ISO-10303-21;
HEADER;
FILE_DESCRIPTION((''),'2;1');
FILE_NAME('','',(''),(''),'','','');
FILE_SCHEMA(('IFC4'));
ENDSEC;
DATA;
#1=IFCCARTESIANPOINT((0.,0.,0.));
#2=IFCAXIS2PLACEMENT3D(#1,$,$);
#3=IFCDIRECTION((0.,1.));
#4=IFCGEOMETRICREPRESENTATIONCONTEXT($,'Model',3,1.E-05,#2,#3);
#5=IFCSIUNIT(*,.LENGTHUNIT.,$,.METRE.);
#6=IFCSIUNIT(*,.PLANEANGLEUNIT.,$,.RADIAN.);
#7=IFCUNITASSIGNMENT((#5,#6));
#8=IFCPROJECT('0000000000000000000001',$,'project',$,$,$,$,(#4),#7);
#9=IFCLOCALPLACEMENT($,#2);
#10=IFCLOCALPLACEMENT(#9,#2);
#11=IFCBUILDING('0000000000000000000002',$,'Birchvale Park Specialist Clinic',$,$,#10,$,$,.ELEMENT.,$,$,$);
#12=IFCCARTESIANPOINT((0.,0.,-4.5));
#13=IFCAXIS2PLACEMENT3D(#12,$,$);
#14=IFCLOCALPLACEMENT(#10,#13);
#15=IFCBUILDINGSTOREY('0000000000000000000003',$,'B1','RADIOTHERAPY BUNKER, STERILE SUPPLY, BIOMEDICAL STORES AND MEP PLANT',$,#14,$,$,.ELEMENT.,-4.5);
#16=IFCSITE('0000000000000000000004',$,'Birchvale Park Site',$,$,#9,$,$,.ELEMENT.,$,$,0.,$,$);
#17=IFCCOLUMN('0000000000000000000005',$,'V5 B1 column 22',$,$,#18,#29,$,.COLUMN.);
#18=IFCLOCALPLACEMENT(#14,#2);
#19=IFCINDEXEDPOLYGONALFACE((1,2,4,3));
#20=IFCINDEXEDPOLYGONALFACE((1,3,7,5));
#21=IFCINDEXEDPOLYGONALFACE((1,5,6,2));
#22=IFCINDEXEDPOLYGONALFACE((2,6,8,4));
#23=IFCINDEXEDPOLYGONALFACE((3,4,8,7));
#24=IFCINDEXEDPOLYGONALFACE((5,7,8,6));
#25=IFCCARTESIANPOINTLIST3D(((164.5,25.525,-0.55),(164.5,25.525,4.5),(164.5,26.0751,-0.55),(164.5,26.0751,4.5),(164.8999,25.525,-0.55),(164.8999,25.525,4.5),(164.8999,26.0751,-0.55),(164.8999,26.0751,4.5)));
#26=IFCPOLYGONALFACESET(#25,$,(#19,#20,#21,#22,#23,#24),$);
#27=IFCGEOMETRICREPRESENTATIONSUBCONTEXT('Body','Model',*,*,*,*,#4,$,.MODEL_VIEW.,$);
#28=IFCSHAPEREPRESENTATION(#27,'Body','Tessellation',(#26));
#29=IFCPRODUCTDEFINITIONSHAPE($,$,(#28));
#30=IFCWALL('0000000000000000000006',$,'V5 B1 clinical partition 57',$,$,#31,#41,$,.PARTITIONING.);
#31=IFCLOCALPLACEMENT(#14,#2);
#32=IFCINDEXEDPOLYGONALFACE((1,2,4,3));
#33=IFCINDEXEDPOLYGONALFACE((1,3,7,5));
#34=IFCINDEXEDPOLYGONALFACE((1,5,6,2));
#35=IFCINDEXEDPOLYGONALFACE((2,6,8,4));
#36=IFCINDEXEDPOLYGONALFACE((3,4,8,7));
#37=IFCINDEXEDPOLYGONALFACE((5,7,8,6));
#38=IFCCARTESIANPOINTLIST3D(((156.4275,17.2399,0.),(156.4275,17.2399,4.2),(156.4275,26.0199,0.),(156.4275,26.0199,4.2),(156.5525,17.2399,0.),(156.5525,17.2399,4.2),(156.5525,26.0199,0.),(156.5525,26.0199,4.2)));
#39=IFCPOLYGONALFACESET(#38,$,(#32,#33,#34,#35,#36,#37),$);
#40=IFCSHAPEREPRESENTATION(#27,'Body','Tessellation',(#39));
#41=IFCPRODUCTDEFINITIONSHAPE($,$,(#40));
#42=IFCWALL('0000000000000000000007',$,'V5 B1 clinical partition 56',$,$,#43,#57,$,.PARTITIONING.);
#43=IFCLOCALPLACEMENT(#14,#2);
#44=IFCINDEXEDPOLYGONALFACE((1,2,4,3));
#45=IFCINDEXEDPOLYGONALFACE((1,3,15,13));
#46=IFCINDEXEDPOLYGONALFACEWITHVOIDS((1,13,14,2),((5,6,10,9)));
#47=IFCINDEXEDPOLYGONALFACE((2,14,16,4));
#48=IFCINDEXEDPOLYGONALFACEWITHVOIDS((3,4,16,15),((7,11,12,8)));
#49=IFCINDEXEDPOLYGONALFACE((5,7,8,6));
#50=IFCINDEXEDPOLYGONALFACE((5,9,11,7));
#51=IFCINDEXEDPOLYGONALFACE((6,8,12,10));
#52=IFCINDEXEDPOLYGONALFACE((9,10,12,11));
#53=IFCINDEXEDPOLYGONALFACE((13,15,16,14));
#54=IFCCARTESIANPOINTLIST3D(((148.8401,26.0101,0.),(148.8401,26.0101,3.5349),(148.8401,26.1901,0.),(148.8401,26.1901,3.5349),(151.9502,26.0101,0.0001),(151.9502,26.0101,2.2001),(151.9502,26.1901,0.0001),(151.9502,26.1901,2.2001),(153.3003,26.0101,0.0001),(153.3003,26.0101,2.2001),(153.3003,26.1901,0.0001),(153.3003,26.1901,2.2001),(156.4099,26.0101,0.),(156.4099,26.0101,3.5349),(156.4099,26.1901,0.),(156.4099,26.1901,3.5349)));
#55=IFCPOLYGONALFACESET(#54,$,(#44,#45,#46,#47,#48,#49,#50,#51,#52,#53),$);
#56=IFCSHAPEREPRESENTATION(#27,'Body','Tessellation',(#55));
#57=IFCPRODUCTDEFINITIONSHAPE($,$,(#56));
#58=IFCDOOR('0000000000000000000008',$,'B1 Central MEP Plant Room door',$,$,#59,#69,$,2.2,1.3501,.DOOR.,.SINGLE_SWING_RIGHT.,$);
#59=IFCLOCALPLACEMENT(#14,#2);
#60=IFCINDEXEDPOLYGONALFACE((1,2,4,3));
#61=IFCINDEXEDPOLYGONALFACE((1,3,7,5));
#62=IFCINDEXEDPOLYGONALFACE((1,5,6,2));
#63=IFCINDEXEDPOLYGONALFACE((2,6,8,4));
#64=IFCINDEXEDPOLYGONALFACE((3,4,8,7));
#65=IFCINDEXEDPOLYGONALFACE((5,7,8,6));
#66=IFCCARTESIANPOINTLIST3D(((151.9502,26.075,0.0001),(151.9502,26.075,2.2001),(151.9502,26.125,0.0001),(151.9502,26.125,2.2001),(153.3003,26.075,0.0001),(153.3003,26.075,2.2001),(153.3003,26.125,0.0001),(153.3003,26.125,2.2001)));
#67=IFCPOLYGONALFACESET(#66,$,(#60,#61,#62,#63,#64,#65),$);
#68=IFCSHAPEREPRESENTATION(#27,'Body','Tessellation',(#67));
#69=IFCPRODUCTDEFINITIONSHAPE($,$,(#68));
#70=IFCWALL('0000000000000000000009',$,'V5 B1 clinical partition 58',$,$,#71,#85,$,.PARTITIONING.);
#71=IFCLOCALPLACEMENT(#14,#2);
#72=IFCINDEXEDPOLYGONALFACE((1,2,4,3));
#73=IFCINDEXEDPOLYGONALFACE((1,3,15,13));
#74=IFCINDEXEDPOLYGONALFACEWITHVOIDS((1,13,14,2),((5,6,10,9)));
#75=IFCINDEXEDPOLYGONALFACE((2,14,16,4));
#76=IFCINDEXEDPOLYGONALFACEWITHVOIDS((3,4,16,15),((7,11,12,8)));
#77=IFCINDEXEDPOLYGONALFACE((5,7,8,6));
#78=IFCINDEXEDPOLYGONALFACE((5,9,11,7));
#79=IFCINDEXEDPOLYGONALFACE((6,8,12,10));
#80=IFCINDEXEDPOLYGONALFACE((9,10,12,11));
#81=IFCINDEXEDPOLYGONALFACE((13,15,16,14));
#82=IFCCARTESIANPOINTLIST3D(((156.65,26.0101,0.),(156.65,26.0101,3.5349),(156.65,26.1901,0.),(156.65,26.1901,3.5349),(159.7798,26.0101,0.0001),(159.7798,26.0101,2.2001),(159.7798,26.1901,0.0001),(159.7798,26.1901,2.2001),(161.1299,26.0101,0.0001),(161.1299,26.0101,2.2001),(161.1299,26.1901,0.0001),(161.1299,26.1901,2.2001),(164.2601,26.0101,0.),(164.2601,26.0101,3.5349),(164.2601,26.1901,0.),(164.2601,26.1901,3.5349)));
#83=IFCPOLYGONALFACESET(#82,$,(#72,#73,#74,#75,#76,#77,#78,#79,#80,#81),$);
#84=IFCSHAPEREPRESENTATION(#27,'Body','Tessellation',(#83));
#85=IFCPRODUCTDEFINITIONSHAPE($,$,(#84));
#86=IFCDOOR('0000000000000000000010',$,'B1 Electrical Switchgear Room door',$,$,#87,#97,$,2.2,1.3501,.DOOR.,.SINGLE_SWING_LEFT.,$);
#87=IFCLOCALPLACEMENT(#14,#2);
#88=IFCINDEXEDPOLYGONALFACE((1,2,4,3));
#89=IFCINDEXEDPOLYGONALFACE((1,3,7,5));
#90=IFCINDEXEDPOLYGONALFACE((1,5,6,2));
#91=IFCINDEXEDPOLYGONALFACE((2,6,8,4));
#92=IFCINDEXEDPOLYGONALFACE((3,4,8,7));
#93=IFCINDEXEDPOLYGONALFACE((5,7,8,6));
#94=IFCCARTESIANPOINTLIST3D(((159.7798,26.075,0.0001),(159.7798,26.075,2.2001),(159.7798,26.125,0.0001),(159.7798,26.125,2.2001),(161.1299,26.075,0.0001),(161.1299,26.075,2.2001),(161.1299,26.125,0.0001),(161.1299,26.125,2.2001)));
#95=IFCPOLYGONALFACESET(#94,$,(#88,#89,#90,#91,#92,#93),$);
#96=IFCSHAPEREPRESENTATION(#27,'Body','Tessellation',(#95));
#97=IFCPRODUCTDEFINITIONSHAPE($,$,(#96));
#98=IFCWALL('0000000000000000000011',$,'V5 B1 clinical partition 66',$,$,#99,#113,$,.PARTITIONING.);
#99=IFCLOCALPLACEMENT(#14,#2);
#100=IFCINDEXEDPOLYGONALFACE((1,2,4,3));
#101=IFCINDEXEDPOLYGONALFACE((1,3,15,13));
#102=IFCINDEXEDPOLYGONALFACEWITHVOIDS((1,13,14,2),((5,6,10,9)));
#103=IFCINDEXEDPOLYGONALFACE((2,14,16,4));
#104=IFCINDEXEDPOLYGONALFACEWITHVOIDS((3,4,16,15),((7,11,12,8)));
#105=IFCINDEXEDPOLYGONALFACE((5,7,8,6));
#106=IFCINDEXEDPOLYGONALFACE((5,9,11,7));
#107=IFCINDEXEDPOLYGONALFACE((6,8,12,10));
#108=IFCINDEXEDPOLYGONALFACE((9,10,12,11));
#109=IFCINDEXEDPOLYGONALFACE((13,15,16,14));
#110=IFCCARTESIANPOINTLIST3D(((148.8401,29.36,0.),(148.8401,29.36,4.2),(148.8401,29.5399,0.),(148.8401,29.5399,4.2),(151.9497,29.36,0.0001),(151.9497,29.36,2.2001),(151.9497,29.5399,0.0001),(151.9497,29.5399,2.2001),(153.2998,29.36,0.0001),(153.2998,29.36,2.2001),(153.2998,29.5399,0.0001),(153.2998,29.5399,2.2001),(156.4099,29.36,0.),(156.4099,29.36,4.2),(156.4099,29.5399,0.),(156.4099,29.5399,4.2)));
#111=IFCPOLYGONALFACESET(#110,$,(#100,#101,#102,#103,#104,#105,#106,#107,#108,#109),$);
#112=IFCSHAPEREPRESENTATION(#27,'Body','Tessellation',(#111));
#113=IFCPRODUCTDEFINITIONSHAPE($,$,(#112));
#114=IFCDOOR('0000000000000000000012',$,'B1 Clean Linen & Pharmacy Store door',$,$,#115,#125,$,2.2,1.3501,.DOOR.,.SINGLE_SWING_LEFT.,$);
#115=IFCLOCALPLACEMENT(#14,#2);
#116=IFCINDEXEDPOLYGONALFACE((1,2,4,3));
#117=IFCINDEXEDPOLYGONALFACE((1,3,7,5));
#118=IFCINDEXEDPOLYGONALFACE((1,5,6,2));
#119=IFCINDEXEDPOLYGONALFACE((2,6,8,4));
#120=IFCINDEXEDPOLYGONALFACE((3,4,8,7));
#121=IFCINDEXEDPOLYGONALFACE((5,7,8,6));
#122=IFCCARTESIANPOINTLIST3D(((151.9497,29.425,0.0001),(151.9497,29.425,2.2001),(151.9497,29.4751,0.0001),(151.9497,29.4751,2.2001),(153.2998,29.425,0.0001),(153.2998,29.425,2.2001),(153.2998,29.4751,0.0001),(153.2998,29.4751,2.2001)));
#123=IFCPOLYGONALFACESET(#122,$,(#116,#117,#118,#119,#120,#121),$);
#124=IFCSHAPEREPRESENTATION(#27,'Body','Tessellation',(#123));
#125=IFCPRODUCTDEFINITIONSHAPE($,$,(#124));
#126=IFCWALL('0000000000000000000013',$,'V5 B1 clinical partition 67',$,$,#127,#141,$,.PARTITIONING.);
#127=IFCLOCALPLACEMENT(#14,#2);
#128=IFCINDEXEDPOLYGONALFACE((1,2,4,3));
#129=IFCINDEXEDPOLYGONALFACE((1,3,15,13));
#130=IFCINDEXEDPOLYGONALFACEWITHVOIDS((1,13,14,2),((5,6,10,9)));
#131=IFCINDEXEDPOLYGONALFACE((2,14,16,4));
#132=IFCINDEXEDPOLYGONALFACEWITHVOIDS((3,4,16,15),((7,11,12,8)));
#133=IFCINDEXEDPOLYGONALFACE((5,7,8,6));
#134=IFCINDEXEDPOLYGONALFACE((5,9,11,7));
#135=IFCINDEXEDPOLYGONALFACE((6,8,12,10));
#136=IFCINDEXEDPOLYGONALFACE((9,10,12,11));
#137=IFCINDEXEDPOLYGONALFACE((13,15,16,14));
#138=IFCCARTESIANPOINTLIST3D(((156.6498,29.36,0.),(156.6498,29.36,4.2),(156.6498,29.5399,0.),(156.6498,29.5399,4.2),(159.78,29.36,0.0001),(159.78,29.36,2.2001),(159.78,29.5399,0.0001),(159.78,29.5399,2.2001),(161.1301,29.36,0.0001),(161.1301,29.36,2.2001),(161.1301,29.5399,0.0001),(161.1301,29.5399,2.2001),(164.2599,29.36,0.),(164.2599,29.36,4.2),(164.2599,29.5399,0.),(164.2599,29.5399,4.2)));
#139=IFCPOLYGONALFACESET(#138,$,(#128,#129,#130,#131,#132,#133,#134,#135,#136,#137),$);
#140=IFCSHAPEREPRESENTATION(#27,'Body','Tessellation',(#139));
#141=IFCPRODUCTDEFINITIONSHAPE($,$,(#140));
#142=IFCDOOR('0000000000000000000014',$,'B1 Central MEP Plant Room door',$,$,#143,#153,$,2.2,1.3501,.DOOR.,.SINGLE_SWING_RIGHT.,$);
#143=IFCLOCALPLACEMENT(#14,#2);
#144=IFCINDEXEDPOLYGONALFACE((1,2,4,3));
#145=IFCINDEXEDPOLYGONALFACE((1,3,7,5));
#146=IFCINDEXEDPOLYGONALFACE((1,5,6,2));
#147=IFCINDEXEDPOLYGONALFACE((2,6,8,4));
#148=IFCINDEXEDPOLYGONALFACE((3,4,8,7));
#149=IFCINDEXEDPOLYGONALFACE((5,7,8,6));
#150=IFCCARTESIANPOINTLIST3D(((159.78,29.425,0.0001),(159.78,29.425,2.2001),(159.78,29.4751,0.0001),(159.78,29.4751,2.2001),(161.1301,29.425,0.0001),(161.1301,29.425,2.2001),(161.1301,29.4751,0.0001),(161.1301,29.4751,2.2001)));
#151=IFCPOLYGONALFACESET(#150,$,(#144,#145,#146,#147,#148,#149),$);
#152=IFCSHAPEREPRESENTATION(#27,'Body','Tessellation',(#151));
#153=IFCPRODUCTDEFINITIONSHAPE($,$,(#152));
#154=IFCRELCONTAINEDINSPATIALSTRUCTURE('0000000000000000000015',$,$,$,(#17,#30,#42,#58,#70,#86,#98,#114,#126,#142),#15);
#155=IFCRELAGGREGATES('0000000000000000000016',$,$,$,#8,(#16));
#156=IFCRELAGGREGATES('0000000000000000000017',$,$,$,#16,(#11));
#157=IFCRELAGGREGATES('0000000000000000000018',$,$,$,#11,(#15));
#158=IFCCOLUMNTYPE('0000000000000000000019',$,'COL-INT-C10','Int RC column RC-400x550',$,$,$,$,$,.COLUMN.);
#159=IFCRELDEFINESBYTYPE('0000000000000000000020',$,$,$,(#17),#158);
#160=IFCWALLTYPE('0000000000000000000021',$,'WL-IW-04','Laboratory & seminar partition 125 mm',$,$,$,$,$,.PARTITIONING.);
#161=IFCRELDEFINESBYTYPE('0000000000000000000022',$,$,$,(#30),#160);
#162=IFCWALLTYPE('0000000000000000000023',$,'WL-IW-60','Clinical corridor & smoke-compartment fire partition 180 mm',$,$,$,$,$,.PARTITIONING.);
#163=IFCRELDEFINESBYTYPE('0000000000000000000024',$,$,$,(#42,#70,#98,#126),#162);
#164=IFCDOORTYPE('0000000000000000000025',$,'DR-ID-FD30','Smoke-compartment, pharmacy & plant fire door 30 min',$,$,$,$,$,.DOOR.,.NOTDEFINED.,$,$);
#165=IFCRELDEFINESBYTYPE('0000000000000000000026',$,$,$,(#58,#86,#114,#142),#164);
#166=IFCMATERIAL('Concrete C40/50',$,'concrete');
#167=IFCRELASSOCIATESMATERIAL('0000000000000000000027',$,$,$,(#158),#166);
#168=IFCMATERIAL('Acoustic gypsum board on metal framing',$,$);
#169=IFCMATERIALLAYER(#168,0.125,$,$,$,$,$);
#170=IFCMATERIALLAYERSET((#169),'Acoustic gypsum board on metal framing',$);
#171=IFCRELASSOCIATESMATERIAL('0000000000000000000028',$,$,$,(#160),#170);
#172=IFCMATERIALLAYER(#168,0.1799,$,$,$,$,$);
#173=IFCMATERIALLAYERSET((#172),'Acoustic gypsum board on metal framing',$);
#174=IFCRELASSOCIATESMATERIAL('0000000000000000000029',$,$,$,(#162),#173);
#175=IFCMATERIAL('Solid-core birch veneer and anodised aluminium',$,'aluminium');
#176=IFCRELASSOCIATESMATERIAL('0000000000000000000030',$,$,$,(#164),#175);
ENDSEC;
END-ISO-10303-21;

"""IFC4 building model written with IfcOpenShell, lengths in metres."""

from ifc_helpers import new_model, si_unit, direction, frame, frame_2d, origin, origin_2d, place, context, subcontext, project, spatial, rectangle, extrude, material, layer, layer_set, material_profile, profile_set, type_object, element, fill, save


model = new_model("IFC4")

# Units and contexts
model_context = context("Model", 3, precision=1e-05, world=origin(), true_north=direction((0.0, 1.0)))
body_context = subcontext(model_context, "Body", "Model", "MODEL_VIEW")
ifc_project = project(units=[si_unit("LENGTHUNIT", "METRE"), si_unit("PLANEANGLEUNIT", "RADIAN")], contexts=[model_context])

# Site, building, storey
site_placement = place(None, origin())
site = spatial("IfcSite", under=ifc_project, at=site_placement, Name="Birchvale Park Site", CompositionType="ELEMENT", RefElevation=0.0)
building_placement = place(site_placement, origin())
building = spatial("IfcBuilding", under=site, at=building_placement, Name="Birchvale Park Specialist Clinic", CompositionType="ELEMENT")
storey_placement = place(building_placement, frame((0.0, 0.0, -4.5)))
storey = spatial("IfcBuildingStorey", under=building, at=storey_placement, Name="B1", Description="RADIOTHERAPY BUNKER, STERILE SUPPLY, BIOMEDICAL STORES AND MEP PLANT", CompositionType="ELEMENT", Elevation=-4.5)

# Shared definitions
ifc_material_1 = material(Name="Concrete C40/50", Category="concrete")

# Column
ifc_material_profile_1 = material_profile(ifc_material_1, rectangle(XDim=0.3999, YDim=0.55, at=origin_2d()), Name="RC-400x550")
ifc_profile_set_1 = profile_set([ifc_material_profile_1], Name="Concrete C40/50")
column_type_1 = type_object("IfcColumnType", Name="COL-INT-C10", Description="Int RC column RC-400x550", PredefinedType="COLUMN", material=ifc_profile_set_1)
column_1_placement = place(storey_placement, frame((164.7, 25.8, -0.55), z_axis=(0.0, 0.0, 1.0), x_axis=(1.0, 0.0, 0.0)))
element("IfcColumn", 1, at=column_1_placement, inside=storey, type_object=column_type_1, Name="V5 B1 column 22", PredefinedType="COLUMN", context=body_context, shape_type="SweptSolid", body=[
    extrude(rectangle(XDim=0.3999, YDim=0.55, at=origin_2d()), origin(), (0.0, 0.0, 1.0), 5.05),
])

# Wall
ifc_material_2 = material(Name="Acoustic gypsum board on metal framing")
ifc_layer_1 = layer(ifc_material_2, 0.125)
ifc_layer_set_1 = layer_set([ifc_layer_1], Name="Acoustic gypsum board on metal framing")
wall_type_1 = type_object("IfcWallType", Name="WL-IW-04", Description="Laboratory & seminar partition 125 mm", PredefinedType="PARTITIONING", material=ifc_layer_set_1)
wall_1_placement = place(storey_placement, frame((156.49, 26.02, 0.0), z_axis=(0.0, 0.0, 1.0), x_axis=(0.0, -1.0, 0.0)))
element("IfcWall", 2, at=wall_1_placement, inside=storey, type_object=wall_type_1, Name="V5 B1 clinical partition 57", PredefinedType="PARTITIONING", context=body_context, shape_type="SweptSolid", body=[
    extrude(rectangle(XDim=8.78, YDim=0.125, at=frame_2d((4.3901, 0.0))), origin(), (0.0, 0.0, 1.0), 4.2),
])

# Walls, openings, doors
ifc_layer_2 = layer(ifc_material_2, 0.1799)
ifc_layer_set_2 = layer_set([ifc_layer_2], Name="Acoustic gypsum board on metal framing")
wall_type_2 = type_object("IfcWallType", Name="WL-IW-60", Description="Clinical corridor & smoke-compartment fire partition 180 mm", PredefinedType="PARTITIONING", material=ifc_layer_set_2)
wall_2_placement = place(storey_placement, frame((148.8401, 26.1001, 0.0), z_axis=(0.0, 0.0, 1.0), x_axis=(1.0, 0.0, 0.0)))
wall_2 = element("IfcWall", 3, at=wall_2_placement, inside=storey, type_object=wall_type_2, Name="V5 B1 clinical partition 56", PredefinedType="PARTITIONING", context=body_context, shape_type="SweptSolid", body=[
    extrude(rectangle(XDim=7.5698, YDim=0.1799, at=frame_2d((3.7849, 0.0))), origin(), (0.0, 0.0, 1.0), 3.5349),
])
opening_1_placement = place(wall_2_placement, frame((3.1101, 0.0, 0.0)))
opening_1 = element("IfcOpeningElement", 4, at=opening_1_placement, cuts=wall_2, PredefinedType="OPENING", context=body_context, shape_type="SweptSolid", body=[
    extrude(rectangle(XDim=1.3501, YDim=2.2, at=frame_2d((0.675, 1.1001))), frame((0.0, 0.1001, 0.0), z_axis=(0.0, -1.0, 0.0), x_axis=(1.0, 0.0, 0.0)), (0.0, 0.0, 1.0), 0.2),
])
ifc_material_3 = material(Name="Solid-core birch veneer and anodised aluminium", Category="aluminium")
door_type = type_object("IfcDoorType", Name="DR-ID-FD30", Description="Smoke-compartment, pharmacy & plant fire door 30 min", OperationType="NOTDEFINED", PredefinedType="DOOR", material=ifc_material_3)
door_1_placement = place(opening_1_placement, origin())
door_1 = element("IfcDoor", 5, at=door_1_placement, inside=storey, type_object=door_type, Name="B1 Central MEP Plant Room door", OperationType="SINGLE_SWING_RIGHT", OverallHeight=2.2, OverallWidth=1.3501, PredefinedType="DOOR", context=body_context, shape_type="SweptSolid", body=[
    extrude(rectangle(XDim=1.3501, YDim=2.2, at=frame_2d((0.675, 1.1001))), frame((0.0, 0.0249, 0.0), z_axis=(0.0, -1.0, 0.0), x_axis=(1.0, 0.0, 0.0)), (0.0, 0.0, 1.0), 0.05),
])
fill(opening_1, door_1)
wall_3_placement = place(storey_placement, frame((156.6499, 26.1001, 0.0), z_axis=(0.0, 0.0, 1.0), x_axis=(1.0, 0.0, 0.0)))
wall_3 = element("IfcWall", 6, at=wall_3_placement, inside=storey, type_object=wall_type_2, Name="V5 B1 clinical partition 58", PredefinedType="PARTITIONING", context=body_context, shape_type="SweptSolid", body=[
    extrude(rectangle(XDim=7.6101, YDim=0.1799, at=frame_2d((3.8052, 0.0))), origin(), (0.0, 0.0, 1.0), 3.5349),
])
opening_2_placement = place(wall_3_placement, frame((3.1299, 0.0, 0.0)))
opening_2 = element("IfcOpeningElement", 7, at=opening_2_placement, cuts=wall_3, PredefinedType="OPENING", context=body_context, shape_type="SweptSolid", body=[
    extrude(rectangle(XDim=1.3501, YDim=2.2, at=frame_2d((0.675, 1.1001))), frame((0.0, 0.1001, 0.0), z_axis=(0.0, -1.0, 0.0), x_axis=(1.0, 0.0, 0.0)), (0.0, 0.0, 1.0), 0.2),
])
door_2_placement = place(opening_2_placement, origin())
door_2 = element("IfcDoor", 8, at=door_2_placement, inside=storey, type_object=door_type, Name="B1 Electrical Switchgear Room door", OperationType="SINGLE_SWING_LEFT", OverallHeight=2.2, OverallWidth=1.3501, PredefinedType="DOOR", context=body_context, shape_type="SweptSolid", body=[
    extrude(rectangle(XDim=1.3501, YDim=2.2, at=frame_2d((0.675, 1.1001))), frame((0.0, 0.0249, 0.0), z_axis=(0.0, -1.0, 0.0), x_axis=(1.0, 0.0, 0.0)), (0.0, 0.0, 1.0), 0.05),
])
fill(opening_2, door_2)
wall_4_placement = place(storey_placement, frame((156.4099, 29.45, 0.0), z_axis=(0.0, 0.0, 1.0), x_axis=(-1.0, 0.0, 0.0)))
wall_4 = element("IfcWall", 9, at=wall_4_placement, inside=storey, type_object=wall_type_2, Name="V5 B1 clinical partition 66", PredefinedType="PARTITIONING", context=body_context, shape_type="SweptSolid", body=[
    extrude(rectangle(XDim=7.5698, YDim=0.1799, at=frame_2d((3.7849, 0.0))), origin(), (0.0, 0.0, 1.0), 4.2),
])
opening_3_placement = place(wall_4_placement, frame((3.1101, 0.0, 0.0)))
opening_3 = element("IfcOpeningElement", 10, at=opening_3_placement, cuts=wall_4, PredefinedType="OPENING", context=body_context, shape_type="SweptSolid", body=[
    extrude(rectangle(XDim=1.3501, YDim=2.2, at=frame_2d((0.675, 1.1001))), frame((0.0, 0.1001, 0.0), z_axis=(0.0, -1.0, 0.0), x_axis=(1.0, 0.0, 0.0)), (0.0, 0.0, 1.0), 0.2),
])
door_3_placement = place(opening_3_placement, origin())
door_3 = element("IfcDoor", 11, at=door_3_placement, inside=storey, type_object=door_type, Name="B1 Clean Linen & Pharmacy Store door", OperationType="SINGLE_SWING_LEFT", OverallHeight=2.2, OverallWidth=1.3501, PredefinedType="DOOR", context=body_context, shape_type="SweptSolid", body=[
    extrude(rectangle(XDim=1.3501, YDim=2.2, at=frame_2d((0.675, 1.1001))), frame((0.0, 0.0249, 0.0), z_axis=(0.0, -1.0, 0.0), x_axis=(1.0, 0.0, 0.0)), (0.0, 0.0, 1.0), 0.05),
])
fill(opening_3, door_3)
wall_5_placement = place(storey_placement, frame((164.26, 29.45, 0.0), z_axis=(0.0, 0.0, 1.0), x_axis=(-1.0, 0.0, 0.0)))
wall_5 = element("IfcWall", 12, at=wall_5_placement, inside=storey, type_object=wall_type_2, Name="V5 B1 clinical partition 67", PredefinedType="PARTITIONING", context=body_context, shape_type="SweptSolid", body=[
    extrude(rectangle(XDim=7.6101, YDim=0.1799, at=frame_2d((3.8052, 0.0))), origin(), (0.0, 0.0, 1.0), 4.2),
])
opening_4_placement = place(wall_5_placement, frame((3.1299, 0.0, 0.0)))
opening_4 = element("IfcOpeningElement", 13, at=opening_4_placement, cuts=wall_5, PredefinedType="OPENING", context=body_context, shape_type="SweptSolid", body=[
    extrude(rectangle(XDim=1.3501, YDim=2.2, at=frame_2d((0.675, 1.1001))), frame((0.0, 0.1001, 0.0), z_axis=(0.0, -1.0, 0.0), x_axis=(1.0, 0.0, 0.0)), (0.0, 0.0, 1.0), 0.2),
])
door_4_placement = place(opening_4_placement, origin())
door_4 = element("IfcDoor", 14, at=door_4_placement, inside=storey, type_object=door_type, Name="B1 Central MEP Plant Room door", OperationType="SINGLE_SWING_RIGHT", OverallHeight=2.2, OverallWidth=1.3501, PredefinedType="DOOR", context=body_context, shape_type="SweptSolid", body=[
    extrude(rectangle(XDim=1.3501, YDim=2.2, at=frame_2d((0.675, 1.1001))), frame((0.0, 0.0249, 0.0), z_axis=(0.0, -1.0, 0.0), x_axis=(1.0, 0.0, 0.0)), (0.0, 0.0, 1.0), 0.05),
])
fill(opening_4, door_4)

save(model, "model.ifc")
